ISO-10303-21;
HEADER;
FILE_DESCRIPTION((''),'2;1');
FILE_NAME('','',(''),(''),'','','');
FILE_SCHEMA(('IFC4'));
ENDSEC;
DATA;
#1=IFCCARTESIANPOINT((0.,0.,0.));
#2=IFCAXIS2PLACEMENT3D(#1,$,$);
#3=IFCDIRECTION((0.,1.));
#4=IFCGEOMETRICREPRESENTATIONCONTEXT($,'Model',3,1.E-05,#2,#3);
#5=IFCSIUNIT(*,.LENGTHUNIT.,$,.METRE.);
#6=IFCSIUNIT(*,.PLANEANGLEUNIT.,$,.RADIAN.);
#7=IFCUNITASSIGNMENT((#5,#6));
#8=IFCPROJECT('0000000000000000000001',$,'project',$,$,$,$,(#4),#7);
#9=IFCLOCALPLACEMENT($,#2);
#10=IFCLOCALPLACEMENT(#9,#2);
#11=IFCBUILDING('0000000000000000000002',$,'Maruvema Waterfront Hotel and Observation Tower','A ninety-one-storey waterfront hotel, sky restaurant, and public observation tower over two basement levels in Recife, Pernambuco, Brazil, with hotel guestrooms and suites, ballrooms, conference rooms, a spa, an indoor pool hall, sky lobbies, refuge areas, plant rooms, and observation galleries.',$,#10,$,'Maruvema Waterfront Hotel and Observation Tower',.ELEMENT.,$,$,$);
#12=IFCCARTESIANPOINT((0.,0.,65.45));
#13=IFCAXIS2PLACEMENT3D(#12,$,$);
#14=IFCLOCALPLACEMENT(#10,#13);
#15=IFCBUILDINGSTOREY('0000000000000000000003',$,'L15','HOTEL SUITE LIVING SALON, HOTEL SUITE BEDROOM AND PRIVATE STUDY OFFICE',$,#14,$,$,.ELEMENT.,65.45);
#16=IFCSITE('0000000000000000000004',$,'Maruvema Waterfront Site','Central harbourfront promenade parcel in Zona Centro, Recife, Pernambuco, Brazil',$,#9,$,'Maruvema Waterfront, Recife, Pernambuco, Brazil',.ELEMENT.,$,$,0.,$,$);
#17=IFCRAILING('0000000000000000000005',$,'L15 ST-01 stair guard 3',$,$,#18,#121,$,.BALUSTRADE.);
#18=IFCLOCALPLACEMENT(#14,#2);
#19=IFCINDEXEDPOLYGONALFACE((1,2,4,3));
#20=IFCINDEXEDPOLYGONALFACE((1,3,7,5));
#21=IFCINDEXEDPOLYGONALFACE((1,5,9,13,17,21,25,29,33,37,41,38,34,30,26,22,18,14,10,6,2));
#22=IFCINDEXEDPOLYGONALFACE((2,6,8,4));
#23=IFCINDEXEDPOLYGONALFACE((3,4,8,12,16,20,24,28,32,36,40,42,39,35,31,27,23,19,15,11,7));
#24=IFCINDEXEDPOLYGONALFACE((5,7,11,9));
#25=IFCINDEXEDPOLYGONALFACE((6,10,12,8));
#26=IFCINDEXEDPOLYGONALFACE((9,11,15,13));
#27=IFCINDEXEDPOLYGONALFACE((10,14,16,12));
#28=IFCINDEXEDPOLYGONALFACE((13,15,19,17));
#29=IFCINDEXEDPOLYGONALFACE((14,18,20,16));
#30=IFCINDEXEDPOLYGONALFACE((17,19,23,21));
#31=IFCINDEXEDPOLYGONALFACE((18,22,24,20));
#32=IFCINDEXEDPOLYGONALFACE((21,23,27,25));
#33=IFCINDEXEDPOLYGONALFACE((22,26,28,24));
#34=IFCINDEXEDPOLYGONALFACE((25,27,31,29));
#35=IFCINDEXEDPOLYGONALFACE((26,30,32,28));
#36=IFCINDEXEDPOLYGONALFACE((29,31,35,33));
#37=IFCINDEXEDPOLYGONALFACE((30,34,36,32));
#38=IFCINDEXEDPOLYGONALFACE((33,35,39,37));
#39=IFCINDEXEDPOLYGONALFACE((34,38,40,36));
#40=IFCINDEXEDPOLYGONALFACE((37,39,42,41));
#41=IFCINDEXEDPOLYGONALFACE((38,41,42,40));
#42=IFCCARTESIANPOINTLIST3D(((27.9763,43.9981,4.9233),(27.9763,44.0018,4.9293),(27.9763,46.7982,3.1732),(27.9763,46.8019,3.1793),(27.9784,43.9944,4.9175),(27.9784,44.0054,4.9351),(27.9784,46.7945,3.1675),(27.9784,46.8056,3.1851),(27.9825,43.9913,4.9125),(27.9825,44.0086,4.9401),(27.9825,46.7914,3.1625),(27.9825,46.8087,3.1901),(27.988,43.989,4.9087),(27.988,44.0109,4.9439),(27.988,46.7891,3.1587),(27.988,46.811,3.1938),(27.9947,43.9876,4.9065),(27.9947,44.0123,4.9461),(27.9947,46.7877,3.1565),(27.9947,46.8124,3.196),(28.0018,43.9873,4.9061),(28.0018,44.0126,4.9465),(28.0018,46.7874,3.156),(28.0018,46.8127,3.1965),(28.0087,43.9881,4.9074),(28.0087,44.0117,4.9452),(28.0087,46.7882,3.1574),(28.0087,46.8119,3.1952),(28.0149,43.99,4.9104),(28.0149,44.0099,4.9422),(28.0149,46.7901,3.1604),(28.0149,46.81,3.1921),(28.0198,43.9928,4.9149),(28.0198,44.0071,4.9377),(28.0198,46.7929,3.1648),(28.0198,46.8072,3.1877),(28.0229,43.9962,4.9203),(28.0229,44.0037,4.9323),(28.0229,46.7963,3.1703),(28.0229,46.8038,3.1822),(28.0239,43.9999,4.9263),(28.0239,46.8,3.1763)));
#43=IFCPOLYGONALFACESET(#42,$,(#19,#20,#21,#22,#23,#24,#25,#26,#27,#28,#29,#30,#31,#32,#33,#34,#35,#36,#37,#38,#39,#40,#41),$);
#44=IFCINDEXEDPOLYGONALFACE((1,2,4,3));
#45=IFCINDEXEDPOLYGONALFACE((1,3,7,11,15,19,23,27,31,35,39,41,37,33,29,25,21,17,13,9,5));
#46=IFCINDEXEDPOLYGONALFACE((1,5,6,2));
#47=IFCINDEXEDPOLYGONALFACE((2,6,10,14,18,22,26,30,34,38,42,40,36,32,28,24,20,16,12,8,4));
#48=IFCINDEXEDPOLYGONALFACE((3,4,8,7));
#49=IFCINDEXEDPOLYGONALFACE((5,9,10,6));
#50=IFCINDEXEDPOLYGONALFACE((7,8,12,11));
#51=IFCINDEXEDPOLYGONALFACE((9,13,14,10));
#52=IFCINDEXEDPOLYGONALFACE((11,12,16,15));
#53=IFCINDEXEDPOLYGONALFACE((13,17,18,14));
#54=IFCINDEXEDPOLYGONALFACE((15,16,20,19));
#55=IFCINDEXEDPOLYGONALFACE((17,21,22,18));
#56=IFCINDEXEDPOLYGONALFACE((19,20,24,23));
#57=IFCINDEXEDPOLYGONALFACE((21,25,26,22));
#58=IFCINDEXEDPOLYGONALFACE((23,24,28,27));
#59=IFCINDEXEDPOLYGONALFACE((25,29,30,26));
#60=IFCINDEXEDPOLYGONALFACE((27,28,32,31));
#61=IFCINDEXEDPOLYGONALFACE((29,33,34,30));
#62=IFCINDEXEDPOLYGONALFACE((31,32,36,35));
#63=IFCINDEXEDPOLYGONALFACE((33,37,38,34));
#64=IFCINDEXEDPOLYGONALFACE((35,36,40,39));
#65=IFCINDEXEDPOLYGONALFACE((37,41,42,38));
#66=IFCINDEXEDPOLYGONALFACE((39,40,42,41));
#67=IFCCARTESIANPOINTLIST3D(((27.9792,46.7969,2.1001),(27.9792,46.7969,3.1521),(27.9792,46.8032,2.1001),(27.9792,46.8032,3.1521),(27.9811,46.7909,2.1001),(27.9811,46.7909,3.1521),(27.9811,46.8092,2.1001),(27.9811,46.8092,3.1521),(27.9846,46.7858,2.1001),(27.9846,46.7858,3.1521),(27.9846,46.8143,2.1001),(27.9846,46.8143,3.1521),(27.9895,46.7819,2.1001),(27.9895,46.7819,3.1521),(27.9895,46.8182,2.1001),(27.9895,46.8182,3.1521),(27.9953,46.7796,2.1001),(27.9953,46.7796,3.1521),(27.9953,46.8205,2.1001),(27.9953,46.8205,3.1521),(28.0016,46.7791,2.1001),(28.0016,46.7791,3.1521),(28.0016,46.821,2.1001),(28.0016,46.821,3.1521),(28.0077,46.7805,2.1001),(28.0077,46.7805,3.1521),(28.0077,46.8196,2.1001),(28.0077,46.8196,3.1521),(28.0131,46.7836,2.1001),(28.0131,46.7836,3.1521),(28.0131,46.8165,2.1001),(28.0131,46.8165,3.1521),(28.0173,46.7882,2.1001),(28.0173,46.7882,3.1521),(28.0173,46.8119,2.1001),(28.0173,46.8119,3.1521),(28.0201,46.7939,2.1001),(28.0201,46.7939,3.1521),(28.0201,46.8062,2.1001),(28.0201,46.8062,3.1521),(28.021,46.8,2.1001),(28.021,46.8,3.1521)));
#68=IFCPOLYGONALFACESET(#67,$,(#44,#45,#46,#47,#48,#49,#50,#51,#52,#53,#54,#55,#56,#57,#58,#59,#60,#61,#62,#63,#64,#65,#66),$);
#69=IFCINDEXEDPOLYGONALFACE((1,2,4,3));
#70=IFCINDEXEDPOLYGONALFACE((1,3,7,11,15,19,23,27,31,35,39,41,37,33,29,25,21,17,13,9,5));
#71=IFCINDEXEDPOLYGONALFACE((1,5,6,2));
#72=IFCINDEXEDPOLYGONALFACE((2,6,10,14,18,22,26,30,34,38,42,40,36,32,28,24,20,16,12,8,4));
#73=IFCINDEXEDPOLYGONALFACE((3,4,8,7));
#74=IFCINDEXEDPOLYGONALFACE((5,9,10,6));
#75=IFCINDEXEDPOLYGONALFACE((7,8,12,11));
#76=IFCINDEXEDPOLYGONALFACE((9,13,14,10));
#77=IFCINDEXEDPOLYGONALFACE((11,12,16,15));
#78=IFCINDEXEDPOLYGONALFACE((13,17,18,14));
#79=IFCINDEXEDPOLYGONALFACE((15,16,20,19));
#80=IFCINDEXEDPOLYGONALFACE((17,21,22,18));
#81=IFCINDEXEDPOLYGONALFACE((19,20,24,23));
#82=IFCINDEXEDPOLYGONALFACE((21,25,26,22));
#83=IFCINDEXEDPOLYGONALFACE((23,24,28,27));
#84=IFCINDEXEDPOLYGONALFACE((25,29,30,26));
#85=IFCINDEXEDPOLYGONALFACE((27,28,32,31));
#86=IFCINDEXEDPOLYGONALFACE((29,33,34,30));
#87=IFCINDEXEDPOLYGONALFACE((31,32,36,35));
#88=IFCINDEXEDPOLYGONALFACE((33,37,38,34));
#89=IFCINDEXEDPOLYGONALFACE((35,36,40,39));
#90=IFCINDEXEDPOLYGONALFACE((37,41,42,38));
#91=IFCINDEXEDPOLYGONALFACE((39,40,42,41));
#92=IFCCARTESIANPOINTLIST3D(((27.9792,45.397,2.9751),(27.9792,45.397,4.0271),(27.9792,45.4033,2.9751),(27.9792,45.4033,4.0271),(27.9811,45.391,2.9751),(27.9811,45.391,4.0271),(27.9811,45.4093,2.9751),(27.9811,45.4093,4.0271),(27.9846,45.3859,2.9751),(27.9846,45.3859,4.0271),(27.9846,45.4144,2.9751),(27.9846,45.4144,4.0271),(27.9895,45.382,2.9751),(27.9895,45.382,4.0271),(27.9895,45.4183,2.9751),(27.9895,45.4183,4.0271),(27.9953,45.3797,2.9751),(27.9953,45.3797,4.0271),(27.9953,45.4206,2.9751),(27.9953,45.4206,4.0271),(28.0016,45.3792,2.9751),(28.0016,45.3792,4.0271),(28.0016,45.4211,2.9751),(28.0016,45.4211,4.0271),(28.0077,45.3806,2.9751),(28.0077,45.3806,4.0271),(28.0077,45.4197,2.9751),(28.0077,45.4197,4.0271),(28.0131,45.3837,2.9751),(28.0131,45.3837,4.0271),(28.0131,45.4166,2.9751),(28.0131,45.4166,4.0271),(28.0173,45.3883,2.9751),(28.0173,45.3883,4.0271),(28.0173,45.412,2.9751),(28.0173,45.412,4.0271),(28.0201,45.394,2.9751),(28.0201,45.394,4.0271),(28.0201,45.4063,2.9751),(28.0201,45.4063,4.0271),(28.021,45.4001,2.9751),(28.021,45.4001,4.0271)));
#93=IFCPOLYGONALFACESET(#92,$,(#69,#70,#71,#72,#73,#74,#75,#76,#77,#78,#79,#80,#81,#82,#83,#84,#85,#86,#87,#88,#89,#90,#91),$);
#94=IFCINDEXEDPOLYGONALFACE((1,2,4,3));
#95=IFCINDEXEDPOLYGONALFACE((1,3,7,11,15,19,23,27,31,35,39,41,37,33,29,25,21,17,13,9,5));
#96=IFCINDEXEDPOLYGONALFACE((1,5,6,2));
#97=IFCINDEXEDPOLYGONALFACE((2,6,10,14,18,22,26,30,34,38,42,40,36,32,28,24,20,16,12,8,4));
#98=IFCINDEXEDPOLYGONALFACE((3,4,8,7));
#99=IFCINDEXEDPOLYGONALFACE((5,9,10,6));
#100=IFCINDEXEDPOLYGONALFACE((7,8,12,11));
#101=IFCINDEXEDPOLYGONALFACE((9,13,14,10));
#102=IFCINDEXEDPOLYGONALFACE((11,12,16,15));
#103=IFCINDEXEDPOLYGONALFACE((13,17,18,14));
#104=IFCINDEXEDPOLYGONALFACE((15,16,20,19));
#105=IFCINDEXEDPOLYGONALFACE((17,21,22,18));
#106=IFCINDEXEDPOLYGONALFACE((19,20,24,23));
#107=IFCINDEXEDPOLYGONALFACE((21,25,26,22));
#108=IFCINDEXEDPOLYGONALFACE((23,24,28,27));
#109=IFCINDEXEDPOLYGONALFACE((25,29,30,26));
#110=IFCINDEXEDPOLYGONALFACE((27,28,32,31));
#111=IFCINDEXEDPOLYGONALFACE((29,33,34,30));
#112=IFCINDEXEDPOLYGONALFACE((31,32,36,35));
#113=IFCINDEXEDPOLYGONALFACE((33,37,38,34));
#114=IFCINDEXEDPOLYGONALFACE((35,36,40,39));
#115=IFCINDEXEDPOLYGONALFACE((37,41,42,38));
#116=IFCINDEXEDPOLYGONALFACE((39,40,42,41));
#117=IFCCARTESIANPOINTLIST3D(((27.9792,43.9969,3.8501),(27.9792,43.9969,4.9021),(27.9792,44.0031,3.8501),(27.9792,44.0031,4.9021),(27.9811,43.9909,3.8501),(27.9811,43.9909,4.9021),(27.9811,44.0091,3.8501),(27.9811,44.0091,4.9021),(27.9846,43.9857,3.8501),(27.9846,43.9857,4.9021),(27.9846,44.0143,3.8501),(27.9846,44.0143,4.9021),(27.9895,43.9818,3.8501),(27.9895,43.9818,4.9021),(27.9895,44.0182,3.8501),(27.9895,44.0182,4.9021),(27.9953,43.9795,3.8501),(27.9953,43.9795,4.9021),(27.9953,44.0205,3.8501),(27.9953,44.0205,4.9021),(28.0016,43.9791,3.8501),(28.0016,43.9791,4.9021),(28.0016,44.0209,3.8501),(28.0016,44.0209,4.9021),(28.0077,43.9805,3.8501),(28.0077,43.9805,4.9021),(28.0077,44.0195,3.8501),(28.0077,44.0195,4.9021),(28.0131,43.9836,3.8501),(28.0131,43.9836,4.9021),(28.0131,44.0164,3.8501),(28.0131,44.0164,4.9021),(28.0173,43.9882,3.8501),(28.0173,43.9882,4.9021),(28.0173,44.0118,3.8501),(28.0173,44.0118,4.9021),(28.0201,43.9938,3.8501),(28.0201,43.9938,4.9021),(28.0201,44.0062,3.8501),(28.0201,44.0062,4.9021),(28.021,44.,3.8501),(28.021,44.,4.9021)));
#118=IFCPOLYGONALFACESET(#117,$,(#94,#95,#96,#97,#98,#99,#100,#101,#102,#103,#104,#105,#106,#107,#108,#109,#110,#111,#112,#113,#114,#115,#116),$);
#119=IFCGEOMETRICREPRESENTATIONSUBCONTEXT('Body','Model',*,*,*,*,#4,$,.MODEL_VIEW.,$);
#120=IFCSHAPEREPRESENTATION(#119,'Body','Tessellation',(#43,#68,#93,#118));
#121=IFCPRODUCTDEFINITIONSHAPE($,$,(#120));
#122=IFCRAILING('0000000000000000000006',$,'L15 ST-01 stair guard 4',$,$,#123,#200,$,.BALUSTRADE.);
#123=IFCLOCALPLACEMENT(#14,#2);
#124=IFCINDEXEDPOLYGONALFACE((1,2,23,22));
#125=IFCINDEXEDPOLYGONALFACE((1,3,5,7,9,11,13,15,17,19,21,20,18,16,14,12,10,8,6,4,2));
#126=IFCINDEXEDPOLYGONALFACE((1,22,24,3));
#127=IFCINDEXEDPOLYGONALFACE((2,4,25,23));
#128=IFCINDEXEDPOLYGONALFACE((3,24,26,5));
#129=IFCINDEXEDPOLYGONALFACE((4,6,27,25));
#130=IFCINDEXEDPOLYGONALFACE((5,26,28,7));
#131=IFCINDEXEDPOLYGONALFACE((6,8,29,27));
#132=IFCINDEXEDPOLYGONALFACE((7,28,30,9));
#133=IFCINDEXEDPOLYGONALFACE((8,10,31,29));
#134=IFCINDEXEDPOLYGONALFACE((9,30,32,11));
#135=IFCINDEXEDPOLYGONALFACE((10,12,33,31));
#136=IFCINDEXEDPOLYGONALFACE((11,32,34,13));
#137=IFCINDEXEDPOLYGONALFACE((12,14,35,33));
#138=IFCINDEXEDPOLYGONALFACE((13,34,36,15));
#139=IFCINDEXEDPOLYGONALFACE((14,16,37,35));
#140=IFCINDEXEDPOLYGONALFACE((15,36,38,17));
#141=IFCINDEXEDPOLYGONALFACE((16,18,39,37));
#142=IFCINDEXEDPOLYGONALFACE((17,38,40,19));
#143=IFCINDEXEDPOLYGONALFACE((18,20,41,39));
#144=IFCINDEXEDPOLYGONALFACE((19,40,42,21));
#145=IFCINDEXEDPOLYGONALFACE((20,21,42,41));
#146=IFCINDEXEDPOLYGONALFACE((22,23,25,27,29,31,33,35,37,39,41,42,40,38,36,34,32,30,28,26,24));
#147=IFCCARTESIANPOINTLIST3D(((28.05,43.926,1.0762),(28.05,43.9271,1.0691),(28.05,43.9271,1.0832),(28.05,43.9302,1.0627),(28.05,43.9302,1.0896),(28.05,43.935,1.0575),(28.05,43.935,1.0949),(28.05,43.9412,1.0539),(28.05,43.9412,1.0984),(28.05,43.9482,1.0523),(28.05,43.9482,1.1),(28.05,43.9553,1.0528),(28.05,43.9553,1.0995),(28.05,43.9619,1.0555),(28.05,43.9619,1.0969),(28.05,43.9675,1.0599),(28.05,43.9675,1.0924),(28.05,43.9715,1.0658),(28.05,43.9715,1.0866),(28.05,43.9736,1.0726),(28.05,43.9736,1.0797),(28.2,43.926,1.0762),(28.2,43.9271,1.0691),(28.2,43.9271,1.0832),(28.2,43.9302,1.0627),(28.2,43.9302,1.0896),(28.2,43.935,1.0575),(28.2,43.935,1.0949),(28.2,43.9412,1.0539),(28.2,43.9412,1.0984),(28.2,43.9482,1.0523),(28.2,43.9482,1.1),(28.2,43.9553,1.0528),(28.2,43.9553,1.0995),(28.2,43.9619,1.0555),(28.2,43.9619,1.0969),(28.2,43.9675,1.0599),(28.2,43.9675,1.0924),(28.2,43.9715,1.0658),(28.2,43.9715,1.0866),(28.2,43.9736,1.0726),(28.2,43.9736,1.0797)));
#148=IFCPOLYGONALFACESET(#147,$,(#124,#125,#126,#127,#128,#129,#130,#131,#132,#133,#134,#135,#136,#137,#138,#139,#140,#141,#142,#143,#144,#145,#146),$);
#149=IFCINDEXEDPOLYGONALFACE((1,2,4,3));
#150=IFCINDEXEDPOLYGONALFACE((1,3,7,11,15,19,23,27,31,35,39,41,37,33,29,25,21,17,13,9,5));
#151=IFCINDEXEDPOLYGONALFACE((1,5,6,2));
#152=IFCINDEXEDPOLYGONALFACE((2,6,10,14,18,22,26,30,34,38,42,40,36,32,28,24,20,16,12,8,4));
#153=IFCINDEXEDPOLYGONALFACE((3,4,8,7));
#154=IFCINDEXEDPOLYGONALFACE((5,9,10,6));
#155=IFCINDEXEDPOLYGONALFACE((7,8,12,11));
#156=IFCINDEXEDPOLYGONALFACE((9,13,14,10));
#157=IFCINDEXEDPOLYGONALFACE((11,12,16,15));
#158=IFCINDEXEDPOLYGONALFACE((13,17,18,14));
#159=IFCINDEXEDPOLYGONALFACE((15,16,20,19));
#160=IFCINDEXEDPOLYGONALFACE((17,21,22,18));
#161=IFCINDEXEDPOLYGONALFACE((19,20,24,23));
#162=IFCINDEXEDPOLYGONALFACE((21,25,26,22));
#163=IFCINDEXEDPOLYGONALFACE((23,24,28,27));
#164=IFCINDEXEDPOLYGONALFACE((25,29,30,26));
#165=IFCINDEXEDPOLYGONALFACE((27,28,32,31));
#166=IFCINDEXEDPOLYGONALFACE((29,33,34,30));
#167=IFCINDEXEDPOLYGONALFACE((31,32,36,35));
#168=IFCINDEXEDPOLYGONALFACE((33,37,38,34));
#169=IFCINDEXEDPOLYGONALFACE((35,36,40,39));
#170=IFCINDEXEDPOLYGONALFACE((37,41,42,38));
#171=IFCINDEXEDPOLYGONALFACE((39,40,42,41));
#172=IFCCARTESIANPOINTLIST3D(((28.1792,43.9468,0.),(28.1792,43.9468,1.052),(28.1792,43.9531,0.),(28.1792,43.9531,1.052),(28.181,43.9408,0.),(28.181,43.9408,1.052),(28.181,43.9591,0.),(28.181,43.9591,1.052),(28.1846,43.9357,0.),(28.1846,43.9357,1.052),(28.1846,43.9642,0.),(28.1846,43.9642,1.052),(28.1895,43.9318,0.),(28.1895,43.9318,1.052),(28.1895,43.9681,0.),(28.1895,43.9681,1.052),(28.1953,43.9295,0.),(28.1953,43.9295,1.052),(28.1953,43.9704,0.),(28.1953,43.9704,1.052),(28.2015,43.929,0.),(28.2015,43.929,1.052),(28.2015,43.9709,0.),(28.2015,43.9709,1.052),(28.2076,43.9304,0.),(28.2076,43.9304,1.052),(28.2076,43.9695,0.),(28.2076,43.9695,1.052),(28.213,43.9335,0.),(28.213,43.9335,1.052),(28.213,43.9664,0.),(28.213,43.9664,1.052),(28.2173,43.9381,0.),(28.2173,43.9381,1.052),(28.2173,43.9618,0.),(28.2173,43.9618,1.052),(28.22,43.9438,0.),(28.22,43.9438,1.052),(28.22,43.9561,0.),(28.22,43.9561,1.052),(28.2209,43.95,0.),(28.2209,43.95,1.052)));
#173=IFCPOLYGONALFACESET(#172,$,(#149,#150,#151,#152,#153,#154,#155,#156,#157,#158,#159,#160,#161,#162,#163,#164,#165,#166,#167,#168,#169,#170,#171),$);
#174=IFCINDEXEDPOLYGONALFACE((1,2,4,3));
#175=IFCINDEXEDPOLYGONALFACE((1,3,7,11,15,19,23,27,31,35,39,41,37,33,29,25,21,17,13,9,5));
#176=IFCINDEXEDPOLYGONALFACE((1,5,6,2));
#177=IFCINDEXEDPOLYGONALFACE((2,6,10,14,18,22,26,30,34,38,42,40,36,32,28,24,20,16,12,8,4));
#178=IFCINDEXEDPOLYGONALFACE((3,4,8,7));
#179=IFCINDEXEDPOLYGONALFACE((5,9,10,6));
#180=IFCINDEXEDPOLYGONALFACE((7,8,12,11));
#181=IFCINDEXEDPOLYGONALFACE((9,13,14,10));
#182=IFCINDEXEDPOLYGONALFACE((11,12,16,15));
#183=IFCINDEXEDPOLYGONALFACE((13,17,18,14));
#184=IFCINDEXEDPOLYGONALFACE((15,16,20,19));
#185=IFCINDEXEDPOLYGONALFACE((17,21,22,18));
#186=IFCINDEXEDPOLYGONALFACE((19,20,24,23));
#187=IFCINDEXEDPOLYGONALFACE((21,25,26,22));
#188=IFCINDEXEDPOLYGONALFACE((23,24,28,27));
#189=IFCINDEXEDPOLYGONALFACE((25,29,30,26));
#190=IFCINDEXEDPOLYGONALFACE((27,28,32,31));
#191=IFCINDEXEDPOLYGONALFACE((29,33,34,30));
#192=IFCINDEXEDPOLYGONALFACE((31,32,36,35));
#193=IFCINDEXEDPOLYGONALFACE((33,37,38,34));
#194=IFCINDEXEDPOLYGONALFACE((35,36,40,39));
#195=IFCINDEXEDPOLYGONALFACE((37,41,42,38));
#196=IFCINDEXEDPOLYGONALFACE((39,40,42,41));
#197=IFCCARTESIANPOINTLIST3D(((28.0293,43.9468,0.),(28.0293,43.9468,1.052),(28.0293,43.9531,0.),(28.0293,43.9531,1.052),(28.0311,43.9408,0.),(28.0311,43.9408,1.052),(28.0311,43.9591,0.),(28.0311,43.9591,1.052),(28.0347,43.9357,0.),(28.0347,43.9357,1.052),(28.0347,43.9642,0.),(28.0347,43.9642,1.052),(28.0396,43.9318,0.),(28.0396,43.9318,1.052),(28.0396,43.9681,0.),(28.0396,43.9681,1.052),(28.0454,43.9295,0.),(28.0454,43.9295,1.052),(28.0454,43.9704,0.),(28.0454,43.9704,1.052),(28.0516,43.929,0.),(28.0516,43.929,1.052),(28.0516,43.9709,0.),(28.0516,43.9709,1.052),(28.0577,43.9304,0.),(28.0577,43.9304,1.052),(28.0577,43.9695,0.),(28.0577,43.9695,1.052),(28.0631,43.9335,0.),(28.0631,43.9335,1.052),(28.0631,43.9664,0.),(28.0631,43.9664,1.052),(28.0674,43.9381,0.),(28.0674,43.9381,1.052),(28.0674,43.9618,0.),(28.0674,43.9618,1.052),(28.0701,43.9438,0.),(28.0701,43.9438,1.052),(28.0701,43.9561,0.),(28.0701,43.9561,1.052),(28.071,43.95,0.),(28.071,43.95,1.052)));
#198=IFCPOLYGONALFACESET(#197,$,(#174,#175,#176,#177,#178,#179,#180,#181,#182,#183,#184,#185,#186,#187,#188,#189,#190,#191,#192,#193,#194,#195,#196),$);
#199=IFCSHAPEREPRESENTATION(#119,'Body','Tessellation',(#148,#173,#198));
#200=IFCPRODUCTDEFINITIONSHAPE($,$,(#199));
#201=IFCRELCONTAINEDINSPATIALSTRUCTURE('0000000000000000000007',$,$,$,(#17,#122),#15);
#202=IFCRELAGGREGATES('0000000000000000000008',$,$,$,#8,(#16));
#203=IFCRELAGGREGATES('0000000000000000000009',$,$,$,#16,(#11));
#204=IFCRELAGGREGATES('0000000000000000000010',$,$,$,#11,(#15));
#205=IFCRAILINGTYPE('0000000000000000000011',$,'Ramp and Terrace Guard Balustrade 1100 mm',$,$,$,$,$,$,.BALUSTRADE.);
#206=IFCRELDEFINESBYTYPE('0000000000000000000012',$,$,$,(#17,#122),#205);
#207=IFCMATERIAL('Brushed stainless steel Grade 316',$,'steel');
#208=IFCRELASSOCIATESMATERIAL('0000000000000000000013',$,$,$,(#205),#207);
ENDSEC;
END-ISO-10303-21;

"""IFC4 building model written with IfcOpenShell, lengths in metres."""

from ifc_helpers import new_model, si_unit, direction, frame, origin, origin_2d, place, context, subcontext, project, spatial, circle, extrude, material, type_object, element, save


model = new_model("IFC4")

# Units and contexts
model_context = context("Model", 3, precision=1e-05, world=origin(), true_north=direction((0.0, 1.0)))
body_context = subcontext(model_context, "Body", "Model", "MODEL_VIEW")
ifc_project = project(units=[si_unit("LENGTHUNIT", "METRE"), si_unit("PLANEANGLEUNIT", "RADIAN")], contexts=[model_context])

# Site, building, storey
site_placement = place(None, origin())
site = spatial("IfcSite", under=ifc_project, at=site_placement, Name="Maruvema Waterfront Site", Description="Central harbourfront promenade parcel in Zona Centro, Recife, Pernambuco, Brazil", LongName="Maruvema Waterfront, Recife, Pernambuco, Brazil", CompositionType="ELEMENT", RefElevation=0.0)
building_placement = place(site_placement, origin())
building = spatial("IfcBuilding", under=site, at=building_placement, Name="Maruvema Waterfront Hotel and Observation Tower", Description="A ninety-one-storey waterfront hotel, sky restaurant, and public observation tower over two basement levels in Recife, Pernambuco, Brazil, with hotel guestrooms and suites, ballrooms, conference rooms, a spa, an indoor pool hall, sky lobbies, refuge areas, plant rooms, and observation galleries.", LongName="Maruvema Waterfront Hotel and Observation Tower", CompositionType="ELEMENT")
storey_placement = place(building_placement, frame((0.0, 0.0, 65.45)))
storey = spatial("IfcBuildingStorey", under=building, at=storey_placement, Name="L15", Description="HOTEL SUITE LIVING SALON, HOTEL SUITE BEDROOM AND PRIVATE STUDY OFFICE", CompositionType="ELEMENT", Elevation=65.45)

# Railings
ifc_material_1 = material(Name="Brushed stainless steel Grade 316", Category="steel")
railing_type_1 = type_object("IfcRailingType", Name="Ramp and Terrace Guard Balustrade 1100 mm", PredefinedType="BALUSTRADE", material=ifc_material_1)
railing_1_placement = place(storey_placement, frame((28.0, 46.8, 2.1001)))
element("IfcRailing", 1, at=railing_1_placement, inside=storey, type_object=railing_type_1, Name="L15 ST-01 stair guard 3", PredefinedType="BALUSTRADE", context=body_context, shape_type="SweptSolid", body=[
    extrude(circle(Radius=0.0239, at=origin_2d()), frame((0.0, 0.0, 1.0762), z_axis=(0.0, -0.848002, 0.529992), x_axis=(1.0, 0.0, 0.0)), (0.0, 0.0, 1.0), 3.302),
    extrude(circle(Radius=0.021, at=origin_2d()), origin(), (0.0, 0.0, 1.0), 1.052),
    extrude(circle(Radius=0.021, at=origin_2d()), frame((0.0, -1.3999, 0.875)), (0.0, 0.0, 1.0), 1.052),
    extrude(circle(Radius=0.021, at=origin_2d()), frame((0.0, -2.8, 1.75)), (0.0, 0.0, 1.0), 1.052),
])
railing_2_placement = place(storey_placement, frame((28.2, 43.95, 0.0)))
element("IfcRailing", 2, at=railing_2_placement, inside=storey, type_object=railing_type_1, Name="L15 ST-01 stair guard 4", PredefinedType="BALUSTRADE", context=body_context, shape_type="SweptSolid", body=[
    extrude(circle(Radius=0.0239, at=origin_2d()), frame((0.0, 0.0, 1.0762), z_axis=(-1.0, 0.0, 0.0), x_axis=(0.0, -1.0, 0.0)), (0.0, 0.0, 1.0), 0.1499),
    extrude(circle(Radius=0.021, at=origin_2d()), origin(), (0.0, 0.0, 1.0), 1.052),
    extrude(circle(Radius=0.021, at=origin_2d()), frame((-0.1499, 0.0, 0.0)), (0.0, 0.0, 1.0), 1.052),
])

save(model, "model.ifc")
